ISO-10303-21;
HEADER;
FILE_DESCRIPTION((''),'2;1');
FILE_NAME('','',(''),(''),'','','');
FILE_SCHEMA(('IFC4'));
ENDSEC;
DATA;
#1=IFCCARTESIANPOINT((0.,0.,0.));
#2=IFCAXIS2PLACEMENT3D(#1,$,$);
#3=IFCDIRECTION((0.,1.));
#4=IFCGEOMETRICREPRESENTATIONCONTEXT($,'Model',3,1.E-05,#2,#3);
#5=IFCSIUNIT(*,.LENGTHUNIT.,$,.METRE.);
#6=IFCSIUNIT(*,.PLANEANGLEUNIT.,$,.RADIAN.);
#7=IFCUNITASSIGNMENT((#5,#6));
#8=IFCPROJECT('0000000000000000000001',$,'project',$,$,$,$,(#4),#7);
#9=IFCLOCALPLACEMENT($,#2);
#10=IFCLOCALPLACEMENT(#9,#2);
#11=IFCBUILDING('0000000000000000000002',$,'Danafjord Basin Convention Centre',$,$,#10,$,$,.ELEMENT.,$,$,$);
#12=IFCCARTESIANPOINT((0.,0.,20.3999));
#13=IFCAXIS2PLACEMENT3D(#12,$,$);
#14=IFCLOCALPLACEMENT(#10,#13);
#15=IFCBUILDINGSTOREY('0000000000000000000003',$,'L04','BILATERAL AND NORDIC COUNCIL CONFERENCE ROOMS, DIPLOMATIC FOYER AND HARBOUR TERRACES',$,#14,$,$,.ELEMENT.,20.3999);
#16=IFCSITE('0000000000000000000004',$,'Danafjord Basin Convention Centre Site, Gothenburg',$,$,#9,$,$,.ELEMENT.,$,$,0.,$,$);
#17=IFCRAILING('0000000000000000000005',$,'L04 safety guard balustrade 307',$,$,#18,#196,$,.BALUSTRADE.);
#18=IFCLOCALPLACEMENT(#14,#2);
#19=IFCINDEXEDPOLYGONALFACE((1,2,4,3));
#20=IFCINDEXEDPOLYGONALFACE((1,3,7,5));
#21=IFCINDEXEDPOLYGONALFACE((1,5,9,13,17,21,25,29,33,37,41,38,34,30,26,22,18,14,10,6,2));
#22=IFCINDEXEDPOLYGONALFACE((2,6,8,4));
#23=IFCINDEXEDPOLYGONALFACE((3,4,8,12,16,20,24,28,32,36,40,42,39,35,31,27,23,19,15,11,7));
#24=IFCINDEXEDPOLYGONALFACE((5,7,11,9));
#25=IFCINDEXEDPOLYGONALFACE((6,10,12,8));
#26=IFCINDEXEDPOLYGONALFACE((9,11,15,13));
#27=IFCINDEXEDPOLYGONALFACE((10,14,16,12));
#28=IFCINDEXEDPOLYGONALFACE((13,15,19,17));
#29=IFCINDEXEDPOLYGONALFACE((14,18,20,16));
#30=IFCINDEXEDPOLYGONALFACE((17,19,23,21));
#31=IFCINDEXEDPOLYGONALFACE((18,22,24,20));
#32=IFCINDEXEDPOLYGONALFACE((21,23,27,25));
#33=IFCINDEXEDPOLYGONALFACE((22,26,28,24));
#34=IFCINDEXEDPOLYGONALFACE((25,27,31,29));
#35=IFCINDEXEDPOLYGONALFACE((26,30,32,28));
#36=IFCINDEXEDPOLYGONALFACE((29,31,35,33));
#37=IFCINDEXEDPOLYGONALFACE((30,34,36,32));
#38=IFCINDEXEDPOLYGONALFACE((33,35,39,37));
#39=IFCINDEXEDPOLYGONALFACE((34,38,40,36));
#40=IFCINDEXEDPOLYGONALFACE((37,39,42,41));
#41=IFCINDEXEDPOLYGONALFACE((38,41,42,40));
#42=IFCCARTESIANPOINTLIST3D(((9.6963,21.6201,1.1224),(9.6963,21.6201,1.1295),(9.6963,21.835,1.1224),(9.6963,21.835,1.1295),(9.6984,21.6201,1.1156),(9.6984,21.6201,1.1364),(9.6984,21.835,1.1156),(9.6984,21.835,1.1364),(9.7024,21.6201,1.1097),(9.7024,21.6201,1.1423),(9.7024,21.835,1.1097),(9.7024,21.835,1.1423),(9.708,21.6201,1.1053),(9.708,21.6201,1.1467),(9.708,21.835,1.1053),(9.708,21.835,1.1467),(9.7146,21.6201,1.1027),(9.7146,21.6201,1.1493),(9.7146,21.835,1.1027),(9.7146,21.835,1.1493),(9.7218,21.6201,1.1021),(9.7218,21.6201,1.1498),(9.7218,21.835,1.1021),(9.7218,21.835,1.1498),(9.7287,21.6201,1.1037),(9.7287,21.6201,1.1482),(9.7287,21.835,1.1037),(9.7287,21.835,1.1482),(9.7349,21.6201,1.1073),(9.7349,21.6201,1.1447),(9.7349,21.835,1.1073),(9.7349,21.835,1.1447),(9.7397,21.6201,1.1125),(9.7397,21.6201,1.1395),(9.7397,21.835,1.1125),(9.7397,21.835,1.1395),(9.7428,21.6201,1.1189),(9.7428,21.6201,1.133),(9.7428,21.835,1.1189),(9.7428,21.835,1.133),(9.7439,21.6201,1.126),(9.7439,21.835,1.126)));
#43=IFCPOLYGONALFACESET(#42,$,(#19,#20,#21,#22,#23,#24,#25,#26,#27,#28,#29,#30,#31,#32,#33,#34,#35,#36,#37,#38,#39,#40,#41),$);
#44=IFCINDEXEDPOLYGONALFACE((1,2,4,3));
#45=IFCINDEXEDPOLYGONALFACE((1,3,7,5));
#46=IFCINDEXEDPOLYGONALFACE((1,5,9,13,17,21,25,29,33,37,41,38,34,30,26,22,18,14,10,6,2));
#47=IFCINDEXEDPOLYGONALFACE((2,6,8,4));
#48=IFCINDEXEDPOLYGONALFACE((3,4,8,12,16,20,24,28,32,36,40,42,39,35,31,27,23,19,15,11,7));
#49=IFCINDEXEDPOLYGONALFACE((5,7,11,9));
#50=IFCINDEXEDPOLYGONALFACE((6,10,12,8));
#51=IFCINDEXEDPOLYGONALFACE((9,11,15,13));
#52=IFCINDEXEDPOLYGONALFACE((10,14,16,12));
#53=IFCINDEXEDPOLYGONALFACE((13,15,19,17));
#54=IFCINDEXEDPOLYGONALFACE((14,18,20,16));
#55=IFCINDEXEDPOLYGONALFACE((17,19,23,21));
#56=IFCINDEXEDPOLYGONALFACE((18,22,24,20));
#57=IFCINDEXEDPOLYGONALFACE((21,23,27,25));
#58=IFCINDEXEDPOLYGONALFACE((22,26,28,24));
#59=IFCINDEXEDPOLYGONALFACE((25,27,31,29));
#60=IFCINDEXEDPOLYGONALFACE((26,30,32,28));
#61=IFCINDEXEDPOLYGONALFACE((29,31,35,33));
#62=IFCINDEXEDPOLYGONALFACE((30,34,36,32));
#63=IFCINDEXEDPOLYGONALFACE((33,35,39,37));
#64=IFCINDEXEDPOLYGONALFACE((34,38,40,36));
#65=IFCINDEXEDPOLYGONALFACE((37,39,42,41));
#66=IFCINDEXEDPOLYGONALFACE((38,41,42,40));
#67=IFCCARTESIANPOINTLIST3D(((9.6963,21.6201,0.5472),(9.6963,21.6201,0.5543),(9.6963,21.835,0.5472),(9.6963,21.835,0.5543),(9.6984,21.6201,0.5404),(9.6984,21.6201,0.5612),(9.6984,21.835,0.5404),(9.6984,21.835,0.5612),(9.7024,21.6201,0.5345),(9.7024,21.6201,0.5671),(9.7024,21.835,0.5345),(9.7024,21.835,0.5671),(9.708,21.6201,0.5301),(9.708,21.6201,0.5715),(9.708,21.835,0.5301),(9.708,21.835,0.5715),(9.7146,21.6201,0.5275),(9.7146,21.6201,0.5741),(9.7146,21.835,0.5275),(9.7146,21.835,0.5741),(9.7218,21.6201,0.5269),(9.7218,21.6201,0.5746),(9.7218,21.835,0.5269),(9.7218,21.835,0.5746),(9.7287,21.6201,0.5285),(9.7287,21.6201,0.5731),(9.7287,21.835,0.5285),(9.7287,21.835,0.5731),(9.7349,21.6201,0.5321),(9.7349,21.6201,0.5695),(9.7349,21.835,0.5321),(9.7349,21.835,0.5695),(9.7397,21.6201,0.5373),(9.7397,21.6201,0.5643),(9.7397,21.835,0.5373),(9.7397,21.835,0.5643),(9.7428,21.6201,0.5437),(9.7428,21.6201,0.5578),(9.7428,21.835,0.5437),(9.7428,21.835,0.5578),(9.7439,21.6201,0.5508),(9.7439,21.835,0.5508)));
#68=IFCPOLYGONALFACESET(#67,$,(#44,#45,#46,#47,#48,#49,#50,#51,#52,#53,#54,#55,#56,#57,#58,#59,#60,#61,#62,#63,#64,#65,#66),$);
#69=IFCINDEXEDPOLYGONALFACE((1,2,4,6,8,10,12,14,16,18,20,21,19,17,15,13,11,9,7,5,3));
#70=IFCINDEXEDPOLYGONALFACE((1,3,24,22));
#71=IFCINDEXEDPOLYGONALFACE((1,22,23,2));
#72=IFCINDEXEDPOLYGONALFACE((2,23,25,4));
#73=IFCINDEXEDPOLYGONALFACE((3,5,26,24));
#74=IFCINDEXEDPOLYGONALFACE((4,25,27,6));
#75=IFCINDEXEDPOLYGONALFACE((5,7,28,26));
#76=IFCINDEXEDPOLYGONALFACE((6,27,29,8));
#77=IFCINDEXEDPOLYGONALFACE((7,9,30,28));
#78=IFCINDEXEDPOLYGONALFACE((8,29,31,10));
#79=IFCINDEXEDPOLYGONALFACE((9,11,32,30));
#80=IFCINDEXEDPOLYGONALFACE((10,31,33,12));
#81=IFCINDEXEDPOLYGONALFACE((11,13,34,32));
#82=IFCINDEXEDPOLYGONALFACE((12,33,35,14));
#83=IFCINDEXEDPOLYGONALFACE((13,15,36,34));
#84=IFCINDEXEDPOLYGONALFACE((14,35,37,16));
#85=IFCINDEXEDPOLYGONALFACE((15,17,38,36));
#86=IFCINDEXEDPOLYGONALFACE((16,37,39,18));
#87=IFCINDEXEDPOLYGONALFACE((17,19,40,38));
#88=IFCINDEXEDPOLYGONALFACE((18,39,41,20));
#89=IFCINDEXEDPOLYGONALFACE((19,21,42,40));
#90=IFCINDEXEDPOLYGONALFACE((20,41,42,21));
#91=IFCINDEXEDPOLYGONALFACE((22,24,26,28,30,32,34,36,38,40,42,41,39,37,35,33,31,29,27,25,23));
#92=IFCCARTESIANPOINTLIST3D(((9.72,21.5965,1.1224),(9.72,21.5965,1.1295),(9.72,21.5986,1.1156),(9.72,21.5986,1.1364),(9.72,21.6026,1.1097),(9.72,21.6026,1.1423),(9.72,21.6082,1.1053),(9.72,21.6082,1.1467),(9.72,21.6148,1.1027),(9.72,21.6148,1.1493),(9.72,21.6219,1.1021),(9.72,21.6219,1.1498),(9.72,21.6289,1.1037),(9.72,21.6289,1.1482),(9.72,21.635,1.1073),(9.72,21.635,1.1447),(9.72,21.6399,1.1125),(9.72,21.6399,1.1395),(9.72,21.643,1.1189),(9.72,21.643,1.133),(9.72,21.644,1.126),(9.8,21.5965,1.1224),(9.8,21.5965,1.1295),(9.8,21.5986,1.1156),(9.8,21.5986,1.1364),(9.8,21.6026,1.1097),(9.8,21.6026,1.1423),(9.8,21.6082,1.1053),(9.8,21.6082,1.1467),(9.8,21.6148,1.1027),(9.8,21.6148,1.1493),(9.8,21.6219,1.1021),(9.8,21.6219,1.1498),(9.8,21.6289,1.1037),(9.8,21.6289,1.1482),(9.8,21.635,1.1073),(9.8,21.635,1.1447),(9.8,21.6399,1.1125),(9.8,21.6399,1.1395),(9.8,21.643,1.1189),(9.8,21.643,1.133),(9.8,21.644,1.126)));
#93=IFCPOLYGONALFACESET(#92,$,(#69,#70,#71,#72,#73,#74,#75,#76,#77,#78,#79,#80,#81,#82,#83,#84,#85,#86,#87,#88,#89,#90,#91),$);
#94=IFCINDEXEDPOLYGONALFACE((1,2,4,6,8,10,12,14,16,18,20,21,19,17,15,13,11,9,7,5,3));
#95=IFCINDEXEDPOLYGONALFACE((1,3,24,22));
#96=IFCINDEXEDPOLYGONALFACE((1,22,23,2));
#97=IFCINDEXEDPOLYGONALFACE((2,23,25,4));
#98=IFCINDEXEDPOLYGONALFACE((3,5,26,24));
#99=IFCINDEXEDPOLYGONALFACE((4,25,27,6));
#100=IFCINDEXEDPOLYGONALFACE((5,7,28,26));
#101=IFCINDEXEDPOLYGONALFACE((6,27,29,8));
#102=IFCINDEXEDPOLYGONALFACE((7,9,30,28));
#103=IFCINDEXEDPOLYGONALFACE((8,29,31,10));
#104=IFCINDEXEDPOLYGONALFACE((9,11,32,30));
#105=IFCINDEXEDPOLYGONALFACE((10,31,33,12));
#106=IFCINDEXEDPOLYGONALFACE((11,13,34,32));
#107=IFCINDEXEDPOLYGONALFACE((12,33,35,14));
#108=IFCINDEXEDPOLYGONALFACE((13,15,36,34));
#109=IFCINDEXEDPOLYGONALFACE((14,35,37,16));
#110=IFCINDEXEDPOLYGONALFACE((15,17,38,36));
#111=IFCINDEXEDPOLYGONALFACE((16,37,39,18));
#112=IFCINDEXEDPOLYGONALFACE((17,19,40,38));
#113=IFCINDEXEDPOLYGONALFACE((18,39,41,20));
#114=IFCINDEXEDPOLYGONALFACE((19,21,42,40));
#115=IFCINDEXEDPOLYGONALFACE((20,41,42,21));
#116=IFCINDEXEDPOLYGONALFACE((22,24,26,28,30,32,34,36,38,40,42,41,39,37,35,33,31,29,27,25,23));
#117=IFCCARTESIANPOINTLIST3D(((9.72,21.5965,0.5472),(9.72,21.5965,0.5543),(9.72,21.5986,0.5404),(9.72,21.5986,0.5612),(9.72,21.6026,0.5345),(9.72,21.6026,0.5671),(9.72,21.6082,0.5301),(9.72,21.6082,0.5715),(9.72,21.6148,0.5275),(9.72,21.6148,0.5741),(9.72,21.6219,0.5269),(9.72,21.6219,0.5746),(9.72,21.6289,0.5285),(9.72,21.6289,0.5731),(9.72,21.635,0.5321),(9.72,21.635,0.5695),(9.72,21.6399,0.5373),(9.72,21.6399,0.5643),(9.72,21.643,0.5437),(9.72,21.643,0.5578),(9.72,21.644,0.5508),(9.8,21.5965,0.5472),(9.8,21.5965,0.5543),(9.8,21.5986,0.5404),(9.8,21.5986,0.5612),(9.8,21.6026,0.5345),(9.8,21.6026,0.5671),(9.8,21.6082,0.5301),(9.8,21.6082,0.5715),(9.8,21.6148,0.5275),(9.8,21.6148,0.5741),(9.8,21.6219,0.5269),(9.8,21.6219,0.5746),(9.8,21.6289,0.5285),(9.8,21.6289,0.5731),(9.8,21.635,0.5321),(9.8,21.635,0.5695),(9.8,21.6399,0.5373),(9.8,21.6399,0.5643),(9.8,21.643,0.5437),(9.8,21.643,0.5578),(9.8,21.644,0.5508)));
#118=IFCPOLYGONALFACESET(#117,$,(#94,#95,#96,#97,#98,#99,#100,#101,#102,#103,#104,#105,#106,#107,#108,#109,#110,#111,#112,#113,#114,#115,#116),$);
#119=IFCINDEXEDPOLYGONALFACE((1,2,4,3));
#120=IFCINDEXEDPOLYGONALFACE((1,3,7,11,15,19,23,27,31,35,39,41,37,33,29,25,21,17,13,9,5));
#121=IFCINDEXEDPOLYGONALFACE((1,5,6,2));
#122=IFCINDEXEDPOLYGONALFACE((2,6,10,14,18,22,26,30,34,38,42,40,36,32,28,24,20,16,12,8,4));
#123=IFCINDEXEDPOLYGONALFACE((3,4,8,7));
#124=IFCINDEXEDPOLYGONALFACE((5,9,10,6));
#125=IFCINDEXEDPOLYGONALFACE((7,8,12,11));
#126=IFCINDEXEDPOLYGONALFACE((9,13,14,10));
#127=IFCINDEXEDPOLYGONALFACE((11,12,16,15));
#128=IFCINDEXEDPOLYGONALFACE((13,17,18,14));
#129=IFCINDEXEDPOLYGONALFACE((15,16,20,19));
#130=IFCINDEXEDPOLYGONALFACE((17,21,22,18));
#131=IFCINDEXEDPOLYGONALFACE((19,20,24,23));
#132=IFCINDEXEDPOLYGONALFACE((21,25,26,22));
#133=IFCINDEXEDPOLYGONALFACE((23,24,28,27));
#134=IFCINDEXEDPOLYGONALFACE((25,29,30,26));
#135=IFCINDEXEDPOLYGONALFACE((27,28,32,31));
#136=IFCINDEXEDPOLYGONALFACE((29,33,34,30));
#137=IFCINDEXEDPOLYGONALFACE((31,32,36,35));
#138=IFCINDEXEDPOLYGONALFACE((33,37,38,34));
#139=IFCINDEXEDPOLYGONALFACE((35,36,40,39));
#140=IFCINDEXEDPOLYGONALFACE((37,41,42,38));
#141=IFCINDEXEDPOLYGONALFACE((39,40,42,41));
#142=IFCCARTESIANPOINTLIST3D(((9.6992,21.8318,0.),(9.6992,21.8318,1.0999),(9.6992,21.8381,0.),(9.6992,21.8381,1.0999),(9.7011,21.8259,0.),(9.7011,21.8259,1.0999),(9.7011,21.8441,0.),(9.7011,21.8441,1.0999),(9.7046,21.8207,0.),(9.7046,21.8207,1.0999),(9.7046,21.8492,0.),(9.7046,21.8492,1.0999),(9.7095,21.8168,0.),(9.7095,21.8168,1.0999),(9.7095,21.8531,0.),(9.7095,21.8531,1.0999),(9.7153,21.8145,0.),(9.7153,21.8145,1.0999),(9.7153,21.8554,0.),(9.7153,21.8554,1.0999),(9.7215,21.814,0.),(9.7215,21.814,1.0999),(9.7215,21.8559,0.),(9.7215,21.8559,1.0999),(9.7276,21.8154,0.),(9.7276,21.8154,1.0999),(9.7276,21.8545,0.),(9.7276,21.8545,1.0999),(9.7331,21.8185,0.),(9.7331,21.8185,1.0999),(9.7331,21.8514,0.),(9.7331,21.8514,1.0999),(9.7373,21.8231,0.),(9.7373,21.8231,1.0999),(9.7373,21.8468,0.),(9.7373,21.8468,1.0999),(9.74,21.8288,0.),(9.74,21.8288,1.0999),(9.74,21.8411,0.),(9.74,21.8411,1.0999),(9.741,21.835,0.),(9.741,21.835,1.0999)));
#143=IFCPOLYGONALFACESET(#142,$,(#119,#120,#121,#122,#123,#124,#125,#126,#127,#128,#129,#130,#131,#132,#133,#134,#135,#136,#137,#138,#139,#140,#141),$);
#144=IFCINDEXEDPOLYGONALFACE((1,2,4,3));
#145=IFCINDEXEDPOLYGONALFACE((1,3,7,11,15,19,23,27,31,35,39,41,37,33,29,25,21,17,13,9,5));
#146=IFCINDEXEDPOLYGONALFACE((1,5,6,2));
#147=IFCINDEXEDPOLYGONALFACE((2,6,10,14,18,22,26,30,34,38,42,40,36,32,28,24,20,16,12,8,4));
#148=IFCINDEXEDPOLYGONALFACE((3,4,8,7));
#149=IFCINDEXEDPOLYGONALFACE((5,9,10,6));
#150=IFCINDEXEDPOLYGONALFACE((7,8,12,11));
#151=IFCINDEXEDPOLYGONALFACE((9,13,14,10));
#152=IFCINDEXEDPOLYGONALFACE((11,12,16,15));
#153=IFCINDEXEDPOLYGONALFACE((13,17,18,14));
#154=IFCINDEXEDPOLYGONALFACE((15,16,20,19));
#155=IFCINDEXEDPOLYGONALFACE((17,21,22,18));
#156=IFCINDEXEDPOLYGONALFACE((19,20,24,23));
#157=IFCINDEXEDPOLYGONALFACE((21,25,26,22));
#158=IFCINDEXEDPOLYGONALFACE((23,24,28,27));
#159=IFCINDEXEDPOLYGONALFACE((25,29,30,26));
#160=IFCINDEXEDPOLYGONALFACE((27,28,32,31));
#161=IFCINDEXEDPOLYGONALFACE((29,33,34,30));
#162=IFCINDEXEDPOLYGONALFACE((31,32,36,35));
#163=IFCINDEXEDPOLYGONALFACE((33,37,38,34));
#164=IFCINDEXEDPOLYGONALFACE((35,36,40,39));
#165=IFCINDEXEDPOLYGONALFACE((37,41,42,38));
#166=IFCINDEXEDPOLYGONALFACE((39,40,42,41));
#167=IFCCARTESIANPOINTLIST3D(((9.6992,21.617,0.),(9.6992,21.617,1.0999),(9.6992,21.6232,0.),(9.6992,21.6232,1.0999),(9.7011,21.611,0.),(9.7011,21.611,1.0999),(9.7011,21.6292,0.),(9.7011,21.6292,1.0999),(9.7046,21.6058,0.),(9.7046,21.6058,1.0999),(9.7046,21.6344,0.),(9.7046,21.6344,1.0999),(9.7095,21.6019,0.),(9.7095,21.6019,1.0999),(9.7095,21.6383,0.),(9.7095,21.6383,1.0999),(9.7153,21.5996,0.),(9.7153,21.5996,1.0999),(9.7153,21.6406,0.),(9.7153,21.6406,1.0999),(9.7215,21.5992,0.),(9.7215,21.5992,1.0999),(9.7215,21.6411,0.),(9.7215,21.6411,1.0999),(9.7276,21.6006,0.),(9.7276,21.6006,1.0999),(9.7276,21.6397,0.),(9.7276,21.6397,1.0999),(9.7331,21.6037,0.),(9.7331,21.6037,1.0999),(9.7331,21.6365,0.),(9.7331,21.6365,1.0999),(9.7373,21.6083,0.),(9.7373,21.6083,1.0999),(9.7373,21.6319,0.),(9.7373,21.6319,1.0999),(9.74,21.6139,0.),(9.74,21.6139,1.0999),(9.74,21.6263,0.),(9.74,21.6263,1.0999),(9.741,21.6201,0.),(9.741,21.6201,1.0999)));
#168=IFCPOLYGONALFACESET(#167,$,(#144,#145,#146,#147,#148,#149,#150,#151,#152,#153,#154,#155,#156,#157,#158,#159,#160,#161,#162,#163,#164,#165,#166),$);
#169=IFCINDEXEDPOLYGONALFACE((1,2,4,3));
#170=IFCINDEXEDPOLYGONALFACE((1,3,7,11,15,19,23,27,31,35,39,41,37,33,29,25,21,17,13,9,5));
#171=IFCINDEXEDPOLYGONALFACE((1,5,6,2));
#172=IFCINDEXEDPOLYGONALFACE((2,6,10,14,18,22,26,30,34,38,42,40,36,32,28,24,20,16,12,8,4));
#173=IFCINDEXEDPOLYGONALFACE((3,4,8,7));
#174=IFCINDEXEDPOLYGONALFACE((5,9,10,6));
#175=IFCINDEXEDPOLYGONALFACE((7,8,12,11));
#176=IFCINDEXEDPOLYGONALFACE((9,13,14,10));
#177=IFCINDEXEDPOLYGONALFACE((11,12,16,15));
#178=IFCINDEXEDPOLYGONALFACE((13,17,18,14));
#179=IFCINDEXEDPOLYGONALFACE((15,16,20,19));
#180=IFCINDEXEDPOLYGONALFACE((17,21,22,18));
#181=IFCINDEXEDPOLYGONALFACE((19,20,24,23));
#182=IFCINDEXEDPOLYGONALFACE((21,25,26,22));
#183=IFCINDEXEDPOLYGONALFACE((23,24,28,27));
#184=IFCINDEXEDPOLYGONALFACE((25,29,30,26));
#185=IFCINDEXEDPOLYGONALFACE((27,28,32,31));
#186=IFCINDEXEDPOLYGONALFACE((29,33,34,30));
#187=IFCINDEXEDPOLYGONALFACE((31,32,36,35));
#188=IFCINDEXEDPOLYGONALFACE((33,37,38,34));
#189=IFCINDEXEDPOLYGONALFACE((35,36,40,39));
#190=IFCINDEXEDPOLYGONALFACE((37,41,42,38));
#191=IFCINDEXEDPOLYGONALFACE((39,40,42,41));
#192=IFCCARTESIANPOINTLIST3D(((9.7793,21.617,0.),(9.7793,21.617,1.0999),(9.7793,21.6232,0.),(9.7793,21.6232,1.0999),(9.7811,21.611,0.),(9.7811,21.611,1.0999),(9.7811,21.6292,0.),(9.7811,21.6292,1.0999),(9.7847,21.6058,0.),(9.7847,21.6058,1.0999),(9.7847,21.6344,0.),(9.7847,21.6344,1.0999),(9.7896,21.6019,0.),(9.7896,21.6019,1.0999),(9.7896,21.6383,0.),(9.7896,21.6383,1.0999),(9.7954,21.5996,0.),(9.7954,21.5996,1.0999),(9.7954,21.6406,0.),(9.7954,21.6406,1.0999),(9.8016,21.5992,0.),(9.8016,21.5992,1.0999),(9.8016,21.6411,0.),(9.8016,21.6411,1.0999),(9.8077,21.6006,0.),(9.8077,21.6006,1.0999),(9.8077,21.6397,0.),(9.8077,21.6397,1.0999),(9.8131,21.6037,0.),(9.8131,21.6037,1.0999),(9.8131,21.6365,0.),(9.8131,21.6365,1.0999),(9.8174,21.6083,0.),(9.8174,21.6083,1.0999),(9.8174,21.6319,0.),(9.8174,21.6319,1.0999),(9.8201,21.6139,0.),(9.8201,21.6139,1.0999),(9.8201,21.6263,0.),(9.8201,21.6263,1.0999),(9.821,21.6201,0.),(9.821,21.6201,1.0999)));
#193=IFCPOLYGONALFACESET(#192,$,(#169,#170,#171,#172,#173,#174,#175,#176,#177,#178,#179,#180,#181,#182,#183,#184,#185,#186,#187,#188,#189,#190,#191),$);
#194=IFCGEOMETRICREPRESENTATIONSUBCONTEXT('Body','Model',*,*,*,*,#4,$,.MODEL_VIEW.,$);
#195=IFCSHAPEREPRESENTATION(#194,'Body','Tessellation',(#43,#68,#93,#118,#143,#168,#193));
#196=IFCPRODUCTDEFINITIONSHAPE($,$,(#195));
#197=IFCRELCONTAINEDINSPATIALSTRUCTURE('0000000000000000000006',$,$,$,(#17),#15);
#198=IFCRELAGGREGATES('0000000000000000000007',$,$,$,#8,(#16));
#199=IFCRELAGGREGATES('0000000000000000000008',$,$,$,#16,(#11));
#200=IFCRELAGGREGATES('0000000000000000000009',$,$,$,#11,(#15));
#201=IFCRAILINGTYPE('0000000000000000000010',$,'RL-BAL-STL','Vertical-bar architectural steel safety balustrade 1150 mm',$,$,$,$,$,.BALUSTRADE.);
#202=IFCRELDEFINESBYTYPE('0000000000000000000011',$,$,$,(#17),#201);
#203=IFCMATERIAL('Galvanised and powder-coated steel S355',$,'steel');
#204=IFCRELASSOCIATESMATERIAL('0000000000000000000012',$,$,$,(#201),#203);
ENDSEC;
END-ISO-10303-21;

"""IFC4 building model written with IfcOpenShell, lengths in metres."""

from ifc_helpers import new_model, si_unit, direction, frame, origin, origin_2d, place, context, subcontext, project, spatial, circle, extrude, material, type_object, element, save


model = new_model("IFC4")

# Units and contexts
model_context = context("Model", 3, precision=1e-05, world=origin(), true_north=direction((0.0, 1.0)))
body_context = subcontext(model_context, "Body", "Model", "MODEL_VIEW")
ifc_project = project(units=[si_unit("LENGTHUNIT", "METRE"), si_unit("PLANEANGLEUNIT", "RADIAN")], contexts=[model_context])

# Site, building, storey
site_placement = place(None, origin())
site = spatial("IfcSite", under=ifc_project, at=site_placement, Name="Danafjord Basin Convention Centre Site, Gothenburg", CompositionType="ELEMENT", RefElevation=0.0)
building_placement = place(site_placement, origin())
building = spatial("IfcBuilding", under=site, at=building_placement, Name="Danafjord Basin Convention Centre", CompositionType="ELEMENT")
storey_placement = place(building_placement, frame((0.0, 0.0, 20.3999)))
storey = spatial("IfcBuildingStorey", under=building, at=storey_placement, Name="L04", Description="BILATERAL AND NORDIC COUNCIL CONFERENCE ROOMS, DIPLOMATIC FOYER AND HARBOUR TERRACES", CompositionType="ELEMENT", Elevation=20.3999)

# Railing
ifc_material_1 = material(Name="Galvanised and powder-coated steel S355", Category="steel")
railing_type_1 = type_object("IfcRailingType", Name="RL-BAL-STL", Description="Vertical-bar architectural steel safety balustrade 1150 mm", PredefinedType="BALUSTRADE", material=ifc_material_1)
railing_1_placement = place(storey_placement, frame((9.72, 21.835, 0.0)))
element("IfcRailing", 1, at=railing_1_placement, inside=storey, type_object=railing_type_1, Name="L04 safety guard balustrade 307", PredefinedType="BALUSTRADE", context=body_context, shape_type="SweptSolid", body=[
    extrude(circle(Radius=0.0239, at=origin_2d()), frame((0.0, 0.0, 1.126), z_axis=(0.0, -1.0, 0.0), x_axis=(1.0, 0.0, 0.0)), (0.0, 0.0, 1.0), 0.2148),
    extrude(circle(Radius=0.0239, at=origin_2d()), frame((0.0, 0.0, 0.5508), z_axis=(0.0, -1.0, 0.0), x_axis=(1.0, 0.0, 0.0)), (0.0, 0.0, 1.0), 0.2148),
    extrude(circle(Radius=0.0239, at=origin_2d()), frame((0.0, -0.2148, 1.126), z_axis=(1.0, 0.0, 0.0), x_axis=(0.0, 1.0, 0.0)), (0.0, 0.0, 1.0), 0.0801),
    extrude(circle(Radius=0.0239, at=origin_2d()), frame((0.0, -0.2148, 0.5508), z_axis=(1.0, 0.0, 0.0), x_axis=(0.0, 1.0, 0.0)), (0.0, 0.0, 1.0), 0.0801),
    extrude(circle(Radius=0.021, at=origin_2d()), origin(), (0.0, 0.0, 1.0), 1.0999),
    extrude(circle(Radius=0.021, at=origin_2d()), frame((0.0, -0.2148, 0.0)), (0.0, 0.0, 1.0), 1.0999),
    extrude(circle(Radius=0.021, at=origin_2d()), frame((0.0801, -0.2148, 0.0)), (0.0, 0.0, 1.0), 1.0999),
])

save(model, "model.ifc")
